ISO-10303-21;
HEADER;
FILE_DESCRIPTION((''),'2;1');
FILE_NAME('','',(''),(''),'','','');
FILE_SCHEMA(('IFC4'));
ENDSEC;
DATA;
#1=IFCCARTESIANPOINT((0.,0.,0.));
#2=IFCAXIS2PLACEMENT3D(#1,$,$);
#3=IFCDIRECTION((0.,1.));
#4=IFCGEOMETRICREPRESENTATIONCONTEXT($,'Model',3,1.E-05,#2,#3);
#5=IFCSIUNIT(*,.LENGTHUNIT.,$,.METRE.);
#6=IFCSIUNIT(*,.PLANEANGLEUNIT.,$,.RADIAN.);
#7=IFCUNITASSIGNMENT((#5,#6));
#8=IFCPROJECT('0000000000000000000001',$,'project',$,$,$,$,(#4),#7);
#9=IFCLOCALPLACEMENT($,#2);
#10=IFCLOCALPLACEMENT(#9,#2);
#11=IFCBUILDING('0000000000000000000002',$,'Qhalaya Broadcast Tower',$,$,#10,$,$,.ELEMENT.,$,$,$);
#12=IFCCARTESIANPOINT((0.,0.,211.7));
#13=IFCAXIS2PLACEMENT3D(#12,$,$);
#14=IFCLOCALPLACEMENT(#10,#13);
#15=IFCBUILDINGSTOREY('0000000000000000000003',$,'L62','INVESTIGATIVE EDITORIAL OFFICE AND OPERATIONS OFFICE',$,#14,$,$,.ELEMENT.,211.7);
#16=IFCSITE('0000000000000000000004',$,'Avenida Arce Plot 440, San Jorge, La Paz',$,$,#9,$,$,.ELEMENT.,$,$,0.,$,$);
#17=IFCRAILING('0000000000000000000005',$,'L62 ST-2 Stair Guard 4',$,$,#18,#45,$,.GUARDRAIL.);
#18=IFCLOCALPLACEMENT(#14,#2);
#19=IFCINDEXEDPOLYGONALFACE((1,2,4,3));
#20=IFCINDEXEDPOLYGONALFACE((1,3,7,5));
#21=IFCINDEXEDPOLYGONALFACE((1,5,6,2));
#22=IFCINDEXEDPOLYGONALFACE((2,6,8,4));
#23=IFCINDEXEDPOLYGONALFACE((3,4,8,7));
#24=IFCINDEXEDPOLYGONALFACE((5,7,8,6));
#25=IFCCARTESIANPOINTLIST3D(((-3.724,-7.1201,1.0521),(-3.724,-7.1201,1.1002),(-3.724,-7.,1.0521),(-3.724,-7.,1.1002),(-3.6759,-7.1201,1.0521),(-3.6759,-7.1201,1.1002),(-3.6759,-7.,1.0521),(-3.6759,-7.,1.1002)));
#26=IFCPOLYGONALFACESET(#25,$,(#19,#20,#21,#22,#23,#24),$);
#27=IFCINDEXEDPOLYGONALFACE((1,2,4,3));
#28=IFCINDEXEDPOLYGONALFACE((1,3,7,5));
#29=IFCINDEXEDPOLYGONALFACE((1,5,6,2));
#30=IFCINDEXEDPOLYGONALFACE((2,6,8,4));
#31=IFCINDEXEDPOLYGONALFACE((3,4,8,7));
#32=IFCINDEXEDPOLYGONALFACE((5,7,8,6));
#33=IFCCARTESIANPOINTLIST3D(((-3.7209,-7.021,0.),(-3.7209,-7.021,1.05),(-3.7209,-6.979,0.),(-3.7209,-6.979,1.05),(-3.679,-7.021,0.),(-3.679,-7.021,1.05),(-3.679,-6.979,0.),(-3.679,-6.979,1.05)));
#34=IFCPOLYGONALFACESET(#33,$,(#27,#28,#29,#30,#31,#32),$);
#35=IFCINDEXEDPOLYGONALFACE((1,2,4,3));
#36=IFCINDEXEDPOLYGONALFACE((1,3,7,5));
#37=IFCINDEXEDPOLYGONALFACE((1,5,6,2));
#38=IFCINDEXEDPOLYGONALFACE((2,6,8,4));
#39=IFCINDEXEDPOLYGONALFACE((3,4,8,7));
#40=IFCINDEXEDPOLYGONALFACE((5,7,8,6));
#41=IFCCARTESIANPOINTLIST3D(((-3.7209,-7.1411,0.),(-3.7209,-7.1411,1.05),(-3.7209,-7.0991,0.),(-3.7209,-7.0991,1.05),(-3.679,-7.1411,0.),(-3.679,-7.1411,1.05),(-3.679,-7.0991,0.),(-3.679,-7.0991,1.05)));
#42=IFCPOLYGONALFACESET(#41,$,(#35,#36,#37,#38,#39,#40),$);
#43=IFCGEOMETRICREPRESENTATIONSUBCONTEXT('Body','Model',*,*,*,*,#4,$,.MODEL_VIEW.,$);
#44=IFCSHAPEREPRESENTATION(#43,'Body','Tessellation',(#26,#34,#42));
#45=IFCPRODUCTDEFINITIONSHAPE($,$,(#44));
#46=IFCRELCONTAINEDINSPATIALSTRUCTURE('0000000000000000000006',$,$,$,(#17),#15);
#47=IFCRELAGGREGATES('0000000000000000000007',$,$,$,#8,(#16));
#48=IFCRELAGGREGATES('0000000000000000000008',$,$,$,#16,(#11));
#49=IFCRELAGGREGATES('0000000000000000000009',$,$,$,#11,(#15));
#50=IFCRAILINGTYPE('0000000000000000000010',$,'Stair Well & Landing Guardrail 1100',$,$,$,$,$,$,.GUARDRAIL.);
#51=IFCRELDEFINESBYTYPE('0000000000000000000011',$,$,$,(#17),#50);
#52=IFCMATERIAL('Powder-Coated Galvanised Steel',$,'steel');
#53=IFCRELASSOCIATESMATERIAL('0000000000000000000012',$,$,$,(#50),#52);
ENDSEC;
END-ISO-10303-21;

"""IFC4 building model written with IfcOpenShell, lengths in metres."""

from ifc_helpers import new_model, si_unit, direction, frame, origin, origin_2d, place, context, subcontext, project, spatial, rectangle, extrude, material, type_object, element, save


model = new_model("IFC4")

# Units and contexts
model_context = context("Model", 3, precision=1e-05, world=origin(), true_north=direction((0.0, 1.0)))
body_context = subcontext(model_context, "Body", "Model", "MODEL_VIEW")
ifc_project = project(units=[si_unit("LENGTHUNIT", "METRE"), si_unit("PLANEANGLEUNIT", "RADIAN")], contexts=[model_context])

# Site, building, storey
site_placement = place(None, origin())
site = spatial("IfcSite", under=ifc_project, at=site_placement, Name="Avenida Arce Plot 440, San Jorge, La Paz", CompositionType="ELEMENT", RefElevation=0.0)
building_placement = place(site_placement, origin())
building = spatial("IfcBuilding", under=site, at=building_placement, Name="Qhalaya Broadcast Tower", CompositionType="ELEMENT")
storey_placement = place(building_placement, frame((0.0, 0.0, 211.7)))
storey = spatial("IfcBuildingStorey", under=building, at=storey_placement, Name="L62", Description="INVESTIGATIVE EDITORIAL OFFICE AND OPERATIONS OFFICE", CompositionType="ELEMENT", Elevation=211.7)

# Railing
ifc_material_1 = material(Name="Powder-Coated Galvanised Steel", Category="steel")
railing_type_1 = type_object("IfcRailingType", Name="Stair Well & Landing Guardrail 1100", PredefinedType="GUARDRAIL", material=ifc_material_1)
railing_1_placement = place(storey_placement, frame((-3.7, -7.0, 0.0)))
element("IfcRailing", 1, at=railing_1_placement, inside=storey, type_object=railing_type_1, Name="L62 ST-2 Stair Guard 4", PredefinedType="GUARDRAIL", context=body_context, shape_type="SweptSolid", body=[
    extrude(rectangle(XDim=0.0481, YDim=0.0481, at=origin_2d()), frame((0.0, 0.0, 1.0762), z_axis=(0.0, -1.0, 0.0), x_axis=(1.0, 0.0, 0.0)), (0.0, 0.0, 1.0), 0.1201),
    extrude(rectangle(XDim=0.042, YDim=0.042, at=origin_2d()), origin(), (0.0, 0.0, 1.0), 1.05),
    extrude(rectangle(XDim=0.042, YDim=0.042, at=origin_2d()), frame((0.0, -0.1201, 0.0)), (0.0, 0.0, 1.0), 1.05),
])

save(model, "model.ifc")
